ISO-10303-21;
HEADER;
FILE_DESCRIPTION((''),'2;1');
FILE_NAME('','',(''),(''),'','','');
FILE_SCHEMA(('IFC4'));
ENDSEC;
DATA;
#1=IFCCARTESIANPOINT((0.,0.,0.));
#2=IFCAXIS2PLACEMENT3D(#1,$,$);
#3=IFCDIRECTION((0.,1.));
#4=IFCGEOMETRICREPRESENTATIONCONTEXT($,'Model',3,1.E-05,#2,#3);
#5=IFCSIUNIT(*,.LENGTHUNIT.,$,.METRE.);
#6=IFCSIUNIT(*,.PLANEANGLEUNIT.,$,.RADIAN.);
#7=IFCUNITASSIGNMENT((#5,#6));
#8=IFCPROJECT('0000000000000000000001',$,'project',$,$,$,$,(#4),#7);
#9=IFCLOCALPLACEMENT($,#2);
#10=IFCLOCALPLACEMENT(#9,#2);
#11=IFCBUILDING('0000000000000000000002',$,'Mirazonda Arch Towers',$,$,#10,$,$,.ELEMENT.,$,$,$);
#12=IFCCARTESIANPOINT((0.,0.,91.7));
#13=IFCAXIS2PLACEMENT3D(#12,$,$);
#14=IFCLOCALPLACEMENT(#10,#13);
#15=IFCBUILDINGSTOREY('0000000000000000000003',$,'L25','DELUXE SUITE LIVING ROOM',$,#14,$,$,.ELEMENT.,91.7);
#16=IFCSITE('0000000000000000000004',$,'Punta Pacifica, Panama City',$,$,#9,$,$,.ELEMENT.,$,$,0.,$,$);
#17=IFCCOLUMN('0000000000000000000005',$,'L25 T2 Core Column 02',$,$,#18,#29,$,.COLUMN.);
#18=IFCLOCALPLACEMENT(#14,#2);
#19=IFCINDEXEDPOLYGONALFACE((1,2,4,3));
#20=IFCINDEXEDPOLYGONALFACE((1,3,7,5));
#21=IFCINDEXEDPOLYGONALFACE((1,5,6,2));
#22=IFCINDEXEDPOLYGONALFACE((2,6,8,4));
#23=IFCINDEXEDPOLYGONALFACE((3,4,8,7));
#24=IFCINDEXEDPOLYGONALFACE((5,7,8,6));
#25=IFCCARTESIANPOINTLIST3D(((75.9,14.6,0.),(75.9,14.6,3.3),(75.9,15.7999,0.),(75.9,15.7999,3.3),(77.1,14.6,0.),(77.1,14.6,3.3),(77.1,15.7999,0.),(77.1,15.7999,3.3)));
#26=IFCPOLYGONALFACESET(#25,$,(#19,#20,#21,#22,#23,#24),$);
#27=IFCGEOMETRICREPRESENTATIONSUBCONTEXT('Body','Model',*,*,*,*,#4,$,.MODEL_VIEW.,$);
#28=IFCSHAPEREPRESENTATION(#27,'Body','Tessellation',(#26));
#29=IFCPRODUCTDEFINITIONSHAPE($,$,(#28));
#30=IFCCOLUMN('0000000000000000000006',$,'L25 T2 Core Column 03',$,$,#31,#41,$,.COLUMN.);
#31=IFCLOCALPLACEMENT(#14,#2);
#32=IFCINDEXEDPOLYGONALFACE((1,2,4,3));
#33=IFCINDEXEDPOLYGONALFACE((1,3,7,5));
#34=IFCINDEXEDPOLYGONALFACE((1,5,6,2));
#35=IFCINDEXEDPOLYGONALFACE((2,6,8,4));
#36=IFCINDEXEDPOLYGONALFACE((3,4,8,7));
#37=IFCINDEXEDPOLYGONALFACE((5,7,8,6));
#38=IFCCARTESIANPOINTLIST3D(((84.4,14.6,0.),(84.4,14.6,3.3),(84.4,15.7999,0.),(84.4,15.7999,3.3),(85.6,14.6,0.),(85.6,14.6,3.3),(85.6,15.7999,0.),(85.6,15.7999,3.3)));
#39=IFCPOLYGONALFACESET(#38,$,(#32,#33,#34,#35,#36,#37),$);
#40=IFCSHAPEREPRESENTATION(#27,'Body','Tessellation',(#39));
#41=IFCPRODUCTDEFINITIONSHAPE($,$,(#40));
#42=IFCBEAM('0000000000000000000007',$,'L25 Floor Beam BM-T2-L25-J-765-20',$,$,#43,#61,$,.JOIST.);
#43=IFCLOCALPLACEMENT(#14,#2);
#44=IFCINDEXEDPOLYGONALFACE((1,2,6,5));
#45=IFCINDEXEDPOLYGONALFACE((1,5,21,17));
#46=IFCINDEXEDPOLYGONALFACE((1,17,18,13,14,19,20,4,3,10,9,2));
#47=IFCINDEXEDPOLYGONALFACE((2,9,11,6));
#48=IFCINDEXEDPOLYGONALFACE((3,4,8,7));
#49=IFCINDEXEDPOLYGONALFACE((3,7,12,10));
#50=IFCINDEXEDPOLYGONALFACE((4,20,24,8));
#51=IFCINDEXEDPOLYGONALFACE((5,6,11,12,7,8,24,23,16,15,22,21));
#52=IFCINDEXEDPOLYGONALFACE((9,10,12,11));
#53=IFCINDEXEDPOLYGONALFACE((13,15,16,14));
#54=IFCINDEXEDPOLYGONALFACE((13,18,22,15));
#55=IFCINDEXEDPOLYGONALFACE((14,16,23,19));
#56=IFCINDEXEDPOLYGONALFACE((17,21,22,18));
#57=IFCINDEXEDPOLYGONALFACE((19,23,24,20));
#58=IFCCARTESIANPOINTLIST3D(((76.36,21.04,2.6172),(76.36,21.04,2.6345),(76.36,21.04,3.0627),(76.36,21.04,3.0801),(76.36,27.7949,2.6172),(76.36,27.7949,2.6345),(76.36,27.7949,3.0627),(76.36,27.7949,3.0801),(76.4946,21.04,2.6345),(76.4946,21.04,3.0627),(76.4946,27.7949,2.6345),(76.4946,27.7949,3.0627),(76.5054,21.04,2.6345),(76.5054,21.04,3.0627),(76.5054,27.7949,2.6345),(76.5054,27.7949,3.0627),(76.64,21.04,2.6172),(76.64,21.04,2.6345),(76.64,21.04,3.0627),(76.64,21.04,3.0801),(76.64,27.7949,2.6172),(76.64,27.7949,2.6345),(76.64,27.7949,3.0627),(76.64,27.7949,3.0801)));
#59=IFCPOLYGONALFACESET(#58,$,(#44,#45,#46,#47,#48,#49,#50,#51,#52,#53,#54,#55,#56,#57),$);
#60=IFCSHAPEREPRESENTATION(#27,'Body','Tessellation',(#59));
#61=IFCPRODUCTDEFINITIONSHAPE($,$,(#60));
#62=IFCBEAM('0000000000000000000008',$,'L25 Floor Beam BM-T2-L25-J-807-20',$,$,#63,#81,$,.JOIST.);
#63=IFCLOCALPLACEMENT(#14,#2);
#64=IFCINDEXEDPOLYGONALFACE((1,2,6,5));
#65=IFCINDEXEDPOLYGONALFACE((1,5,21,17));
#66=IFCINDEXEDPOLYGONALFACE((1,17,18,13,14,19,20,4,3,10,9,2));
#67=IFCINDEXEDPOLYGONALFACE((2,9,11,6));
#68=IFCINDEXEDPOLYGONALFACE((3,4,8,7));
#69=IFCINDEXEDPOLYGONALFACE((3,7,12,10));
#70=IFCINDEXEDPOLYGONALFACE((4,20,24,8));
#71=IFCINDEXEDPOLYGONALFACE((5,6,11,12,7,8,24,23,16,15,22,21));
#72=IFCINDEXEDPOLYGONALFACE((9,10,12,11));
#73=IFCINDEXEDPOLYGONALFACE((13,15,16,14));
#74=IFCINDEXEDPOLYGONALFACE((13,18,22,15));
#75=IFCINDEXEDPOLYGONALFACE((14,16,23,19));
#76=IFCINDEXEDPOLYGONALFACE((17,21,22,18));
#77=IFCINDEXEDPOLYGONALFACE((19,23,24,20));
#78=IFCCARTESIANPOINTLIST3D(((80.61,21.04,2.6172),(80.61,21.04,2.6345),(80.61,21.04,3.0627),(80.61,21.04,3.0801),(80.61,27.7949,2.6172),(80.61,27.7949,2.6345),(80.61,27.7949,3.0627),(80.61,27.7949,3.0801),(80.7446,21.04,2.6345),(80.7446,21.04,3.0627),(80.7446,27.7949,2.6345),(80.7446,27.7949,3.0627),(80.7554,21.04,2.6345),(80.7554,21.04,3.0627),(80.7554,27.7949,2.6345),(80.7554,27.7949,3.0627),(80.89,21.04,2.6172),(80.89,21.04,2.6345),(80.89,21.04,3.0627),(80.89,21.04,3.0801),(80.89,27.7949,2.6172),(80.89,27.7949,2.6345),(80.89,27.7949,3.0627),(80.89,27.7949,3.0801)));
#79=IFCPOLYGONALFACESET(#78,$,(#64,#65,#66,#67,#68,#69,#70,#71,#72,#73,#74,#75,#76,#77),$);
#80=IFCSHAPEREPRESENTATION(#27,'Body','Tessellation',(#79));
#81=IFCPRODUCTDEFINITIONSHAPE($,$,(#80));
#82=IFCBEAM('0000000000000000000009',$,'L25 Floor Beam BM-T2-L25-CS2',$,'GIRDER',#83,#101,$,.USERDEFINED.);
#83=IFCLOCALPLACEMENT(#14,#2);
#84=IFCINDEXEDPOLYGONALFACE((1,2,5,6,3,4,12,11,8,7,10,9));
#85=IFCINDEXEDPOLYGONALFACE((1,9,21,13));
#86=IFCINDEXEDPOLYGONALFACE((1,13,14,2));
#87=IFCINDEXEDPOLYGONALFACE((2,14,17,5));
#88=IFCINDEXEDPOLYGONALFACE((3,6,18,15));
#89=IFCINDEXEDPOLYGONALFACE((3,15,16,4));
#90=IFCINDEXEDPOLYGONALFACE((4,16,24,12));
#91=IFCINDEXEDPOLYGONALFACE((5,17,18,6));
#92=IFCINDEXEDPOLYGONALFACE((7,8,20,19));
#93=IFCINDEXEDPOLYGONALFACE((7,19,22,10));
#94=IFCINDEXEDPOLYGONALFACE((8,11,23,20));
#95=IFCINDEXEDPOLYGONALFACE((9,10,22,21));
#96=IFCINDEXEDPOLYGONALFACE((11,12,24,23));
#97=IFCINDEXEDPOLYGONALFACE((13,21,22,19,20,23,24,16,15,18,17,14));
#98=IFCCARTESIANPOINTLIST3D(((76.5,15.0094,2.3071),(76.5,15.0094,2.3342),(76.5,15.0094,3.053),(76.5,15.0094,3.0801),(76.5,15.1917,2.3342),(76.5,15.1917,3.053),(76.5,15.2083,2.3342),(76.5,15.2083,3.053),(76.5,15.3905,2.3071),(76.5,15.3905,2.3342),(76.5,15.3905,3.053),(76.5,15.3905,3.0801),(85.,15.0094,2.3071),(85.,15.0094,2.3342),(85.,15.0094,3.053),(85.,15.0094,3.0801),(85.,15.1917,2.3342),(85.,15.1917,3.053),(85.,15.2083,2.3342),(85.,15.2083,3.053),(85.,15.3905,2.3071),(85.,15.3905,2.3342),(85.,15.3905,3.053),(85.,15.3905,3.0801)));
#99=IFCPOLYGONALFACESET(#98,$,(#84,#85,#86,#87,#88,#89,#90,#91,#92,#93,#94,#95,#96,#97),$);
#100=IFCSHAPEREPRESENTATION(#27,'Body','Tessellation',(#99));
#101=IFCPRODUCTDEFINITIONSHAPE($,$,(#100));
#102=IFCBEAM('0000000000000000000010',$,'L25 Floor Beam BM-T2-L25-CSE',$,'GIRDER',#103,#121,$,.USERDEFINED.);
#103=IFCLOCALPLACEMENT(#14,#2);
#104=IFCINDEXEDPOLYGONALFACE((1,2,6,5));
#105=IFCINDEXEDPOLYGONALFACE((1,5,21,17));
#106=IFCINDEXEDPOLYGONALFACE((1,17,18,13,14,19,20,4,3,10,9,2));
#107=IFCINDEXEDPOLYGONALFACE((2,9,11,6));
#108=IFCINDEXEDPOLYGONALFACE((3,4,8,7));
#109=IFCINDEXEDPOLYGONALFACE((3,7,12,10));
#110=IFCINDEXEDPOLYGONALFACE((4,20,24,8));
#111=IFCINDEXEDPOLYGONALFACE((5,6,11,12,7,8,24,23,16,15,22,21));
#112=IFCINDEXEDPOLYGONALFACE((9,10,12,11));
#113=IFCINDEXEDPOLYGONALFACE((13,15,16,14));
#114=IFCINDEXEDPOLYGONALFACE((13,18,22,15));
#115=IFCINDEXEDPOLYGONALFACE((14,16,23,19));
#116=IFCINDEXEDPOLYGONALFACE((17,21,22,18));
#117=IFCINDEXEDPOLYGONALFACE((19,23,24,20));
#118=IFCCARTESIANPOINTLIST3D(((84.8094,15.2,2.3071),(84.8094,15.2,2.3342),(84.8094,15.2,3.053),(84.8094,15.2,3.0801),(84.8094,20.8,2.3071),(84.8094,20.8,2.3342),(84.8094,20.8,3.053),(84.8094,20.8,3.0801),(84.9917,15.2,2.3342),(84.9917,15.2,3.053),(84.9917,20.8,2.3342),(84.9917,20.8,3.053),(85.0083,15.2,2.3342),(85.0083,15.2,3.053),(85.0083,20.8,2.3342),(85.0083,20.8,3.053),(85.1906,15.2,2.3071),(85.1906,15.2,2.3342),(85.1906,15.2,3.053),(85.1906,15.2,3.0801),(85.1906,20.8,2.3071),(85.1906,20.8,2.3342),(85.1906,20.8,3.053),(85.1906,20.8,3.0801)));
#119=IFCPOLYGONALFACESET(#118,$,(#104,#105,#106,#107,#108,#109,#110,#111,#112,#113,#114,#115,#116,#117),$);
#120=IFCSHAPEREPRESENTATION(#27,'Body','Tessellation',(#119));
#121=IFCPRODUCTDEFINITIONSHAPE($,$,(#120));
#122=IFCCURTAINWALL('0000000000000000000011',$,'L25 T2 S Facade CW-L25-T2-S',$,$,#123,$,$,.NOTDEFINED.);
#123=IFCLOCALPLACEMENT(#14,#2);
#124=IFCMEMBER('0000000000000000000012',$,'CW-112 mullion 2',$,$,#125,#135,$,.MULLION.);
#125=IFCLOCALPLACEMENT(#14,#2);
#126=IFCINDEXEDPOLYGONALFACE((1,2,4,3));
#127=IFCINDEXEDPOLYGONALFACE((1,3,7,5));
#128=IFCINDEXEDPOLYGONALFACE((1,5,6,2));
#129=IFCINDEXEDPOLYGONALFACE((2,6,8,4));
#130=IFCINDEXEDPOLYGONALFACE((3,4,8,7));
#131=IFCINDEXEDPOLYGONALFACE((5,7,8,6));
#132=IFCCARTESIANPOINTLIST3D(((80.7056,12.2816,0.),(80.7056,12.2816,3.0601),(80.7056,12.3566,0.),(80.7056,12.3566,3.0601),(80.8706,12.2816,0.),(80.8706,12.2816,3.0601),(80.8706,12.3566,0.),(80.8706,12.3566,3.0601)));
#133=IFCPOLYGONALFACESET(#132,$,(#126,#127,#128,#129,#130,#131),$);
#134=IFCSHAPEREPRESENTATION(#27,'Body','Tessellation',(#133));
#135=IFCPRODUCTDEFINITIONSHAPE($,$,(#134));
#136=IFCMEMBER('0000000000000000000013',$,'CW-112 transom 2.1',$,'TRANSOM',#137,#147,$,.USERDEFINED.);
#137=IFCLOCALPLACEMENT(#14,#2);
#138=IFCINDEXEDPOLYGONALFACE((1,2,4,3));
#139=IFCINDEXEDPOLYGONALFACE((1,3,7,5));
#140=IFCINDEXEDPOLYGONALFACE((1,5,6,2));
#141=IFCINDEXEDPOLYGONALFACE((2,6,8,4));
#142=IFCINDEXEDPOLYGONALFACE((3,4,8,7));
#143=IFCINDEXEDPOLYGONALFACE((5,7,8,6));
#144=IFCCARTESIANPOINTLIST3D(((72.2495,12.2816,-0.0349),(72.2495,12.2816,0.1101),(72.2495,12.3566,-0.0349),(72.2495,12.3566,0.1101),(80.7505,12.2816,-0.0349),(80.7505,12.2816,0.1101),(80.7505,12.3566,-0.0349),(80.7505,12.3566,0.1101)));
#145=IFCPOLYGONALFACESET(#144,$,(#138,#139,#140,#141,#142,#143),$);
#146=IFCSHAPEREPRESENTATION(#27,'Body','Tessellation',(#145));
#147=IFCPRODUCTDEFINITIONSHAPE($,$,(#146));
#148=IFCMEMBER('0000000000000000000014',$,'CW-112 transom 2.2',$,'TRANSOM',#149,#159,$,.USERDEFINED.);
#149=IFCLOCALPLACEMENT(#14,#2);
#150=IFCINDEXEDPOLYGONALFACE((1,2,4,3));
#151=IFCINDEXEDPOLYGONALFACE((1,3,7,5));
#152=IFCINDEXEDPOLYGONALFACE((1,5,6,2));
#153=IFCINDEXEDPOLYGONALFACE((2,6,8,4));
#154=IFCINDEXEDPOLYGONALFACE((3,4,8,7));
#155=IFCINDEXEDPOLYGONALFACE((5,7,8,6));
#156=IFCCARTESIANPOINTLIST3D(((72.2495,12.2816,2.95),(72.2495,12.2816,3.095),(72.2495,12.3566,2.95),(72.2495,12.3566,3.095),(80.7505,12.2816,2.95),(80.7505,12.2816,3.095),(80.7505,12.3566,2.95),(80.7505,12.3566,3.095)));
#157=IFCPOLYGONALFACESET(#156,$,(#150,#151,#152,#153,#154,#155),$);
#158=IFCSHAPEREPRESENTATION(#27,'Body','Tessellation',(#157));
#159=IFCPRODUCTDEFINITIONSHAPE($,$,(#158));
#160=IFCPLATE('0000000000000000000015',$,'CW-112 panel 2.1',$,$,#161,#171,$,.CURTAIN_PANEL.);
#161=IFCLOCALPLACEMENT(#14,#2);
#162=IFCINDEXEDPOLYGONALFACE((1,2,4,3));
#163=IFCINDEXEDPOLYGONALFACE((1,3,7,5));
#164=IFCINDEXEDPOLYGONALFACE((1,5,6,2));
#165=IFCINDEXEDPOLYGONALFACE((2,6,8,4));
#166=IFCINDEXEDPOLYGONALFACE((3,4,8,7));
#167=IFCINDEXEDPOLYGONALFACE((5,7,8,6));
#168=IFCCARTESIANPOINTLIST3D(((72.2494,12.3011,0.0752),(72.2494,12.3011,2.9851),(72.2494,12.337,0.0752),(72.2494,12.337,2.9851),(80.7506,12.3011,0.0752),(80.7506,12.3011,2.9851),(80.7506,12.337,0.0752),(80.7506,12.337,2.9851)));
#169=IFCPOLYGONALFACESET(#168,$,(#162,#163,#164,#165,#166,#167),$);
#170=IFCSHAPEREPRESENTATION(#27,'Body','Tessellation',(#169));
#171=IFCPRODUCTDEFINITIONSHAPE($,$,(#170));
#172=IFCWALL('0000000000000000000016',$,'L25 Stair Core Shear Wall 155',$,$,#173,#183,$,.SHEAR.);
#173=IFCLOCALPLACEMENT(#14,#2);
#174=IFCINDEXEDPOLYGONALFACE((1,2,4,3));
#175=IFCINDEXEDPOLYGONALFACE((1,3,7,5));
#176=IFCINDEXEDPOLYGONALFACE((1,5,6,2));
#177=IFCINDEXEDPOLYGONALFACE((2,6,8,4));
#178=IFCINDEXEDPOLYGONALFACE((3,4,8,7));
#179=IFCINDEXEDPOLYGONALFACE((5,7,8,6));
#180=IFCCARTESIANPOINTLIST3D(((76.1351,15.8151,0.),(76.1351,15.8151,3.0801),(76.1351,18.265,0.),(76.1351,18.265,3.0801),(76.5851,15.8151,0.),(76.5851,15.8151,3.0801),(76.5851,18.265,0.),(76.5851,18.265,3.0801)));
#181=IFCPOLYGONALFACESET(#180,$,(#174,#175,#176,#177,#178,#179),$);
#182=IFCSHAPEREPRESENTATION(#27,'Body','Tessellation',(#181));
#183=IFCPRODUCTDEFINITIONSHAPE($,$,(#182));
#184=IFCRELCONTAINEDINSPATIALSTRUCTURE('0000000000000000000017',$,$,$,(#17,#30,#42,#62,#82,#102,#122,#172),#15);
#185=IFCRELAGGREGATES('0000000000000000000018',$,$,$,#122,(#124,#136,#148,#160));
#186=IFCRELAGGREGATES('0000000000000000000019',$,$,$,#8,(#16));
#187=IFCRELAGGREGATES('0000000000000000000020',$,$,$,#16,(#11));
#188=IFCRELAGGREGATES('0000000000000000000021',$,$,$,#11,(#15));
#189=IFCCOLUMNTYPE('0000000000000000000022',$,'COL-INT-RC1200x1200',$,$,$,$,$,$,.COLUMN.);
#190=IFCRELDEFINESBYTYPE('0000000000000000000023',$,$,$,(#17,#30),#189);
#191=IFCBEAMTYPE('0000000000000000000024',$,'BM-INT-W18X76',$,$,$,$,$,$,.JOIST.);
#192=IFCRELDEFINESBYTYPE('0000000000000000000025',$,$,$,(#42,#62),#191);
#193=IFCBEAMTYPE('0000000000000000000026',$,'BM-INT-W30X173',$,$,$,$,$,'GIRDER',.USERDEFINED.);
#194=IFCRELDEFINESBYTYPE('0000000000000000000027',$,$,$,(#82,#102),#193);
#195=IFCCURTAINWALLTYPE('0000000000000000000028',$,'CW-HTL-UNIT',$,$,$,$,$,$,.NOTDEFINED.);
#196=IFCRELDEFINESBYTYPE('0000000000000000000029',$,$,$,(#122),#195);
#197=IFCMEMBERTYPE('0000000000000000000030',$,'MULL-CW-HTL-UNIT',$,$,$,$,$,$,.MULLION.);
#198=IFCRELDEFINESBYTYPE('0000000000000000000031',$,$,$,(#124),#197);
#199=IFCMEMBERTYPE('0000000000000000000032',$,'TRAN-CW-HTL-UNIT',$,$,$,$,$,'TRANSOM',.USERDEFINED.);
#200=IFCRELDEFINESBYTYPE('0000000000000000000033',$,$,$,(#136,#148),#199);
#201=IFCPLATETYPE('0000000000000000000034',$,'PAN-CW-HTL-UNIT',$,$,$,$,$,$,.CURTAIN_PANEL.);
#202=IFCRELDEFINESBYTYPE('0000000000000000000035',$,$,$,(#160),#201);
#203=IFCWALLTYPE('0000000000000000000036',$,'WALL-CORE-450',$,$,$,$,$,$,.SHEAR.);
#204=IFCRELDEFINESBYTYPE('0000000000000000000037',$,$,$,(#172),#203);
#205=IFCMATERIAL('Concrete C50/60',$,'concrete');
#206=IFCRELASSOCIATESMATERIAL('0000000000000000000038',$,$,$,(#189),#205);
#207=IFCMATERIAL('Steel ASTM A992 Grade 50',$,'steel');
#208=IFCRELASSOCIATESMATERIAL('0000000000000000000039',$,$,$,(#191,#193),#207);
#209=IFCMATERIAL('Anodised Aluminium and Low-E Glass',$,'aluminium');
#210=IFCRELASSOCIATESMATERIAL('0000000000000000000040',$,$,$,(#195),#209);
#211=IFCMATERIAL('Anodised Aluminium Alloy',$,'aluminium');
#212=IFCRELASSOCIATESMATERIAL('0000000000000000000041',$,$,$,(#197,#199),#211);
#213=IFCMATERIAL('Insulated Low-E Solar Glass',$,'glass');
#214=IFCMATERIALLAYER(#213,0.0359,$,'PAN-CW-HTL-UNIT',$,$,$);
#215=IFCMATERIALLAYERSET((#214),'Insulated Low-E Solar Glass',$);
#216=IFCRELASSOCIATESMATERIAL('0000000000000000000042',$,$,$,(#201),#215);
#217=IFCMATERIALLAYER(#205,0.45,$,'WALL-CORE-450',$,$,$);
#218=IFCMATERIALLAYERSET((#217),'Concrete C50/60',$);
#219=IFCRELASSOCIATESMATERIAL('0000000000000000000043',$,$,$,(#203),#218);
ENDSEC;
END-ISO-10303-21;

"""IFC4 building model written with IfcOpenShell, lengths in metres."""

from ifc_helpers import new_model, si_unit, direction, frame, frame_2d, origin, origin_2d, place, context, subcontext, project, spatial, rectangle, i_section, extrude, material, layer, layer_set, material_profile, profile_set, type_object, element, aggregate, save


model = new_model("IFC4")

# Units and contexts
model_context = context("Model", 3, precision=1e-05, world=origin(), true_north=direction((0.0, 1.0)))
body_context = subcontext(model_context, "Body", "Model", "MODEL_VIEW")
ifc_project = project(units=[si_unit("LENGTHUNIT", "METRE"), si_unit("PLANEANGLEUNIT", "RADIAN")], contexts=[model_context])

# Site, building, storey
site_placement = place(None, origin())
site = spatial("IfcSite", under=ifc_project, at=site_placement, Name="Punta Pacifica, Panama City", CompositionType="ELEMENT", RefElevation=0.0)
building_placement = place(site_placement, origin())
building = spatial("IfcBuilding", under=site, at=building_placement, Name="Mirazonda Arch Towers", CompositionType="ELEMENT")
storey_placement = place(building_placement, frame((0.0, 0.0, 91.7)))
storey = spatial("IfcBuildingStorey", under=building, at=storey_placement, Name="L25", Description="DELUXE SUITE LIVING ROOM", CompositionType="ELEMENT", Elevation=91.7)

# Columns
ifc_material_1 = material(Name="Concrete C50/60", Category="concrete")
ifc_material_profile_1 = material_profile(ifc_material_1, rectangle(XDim=1.2, YDim=1.2, at=origin_2d()), Name="RC1200x1200")
ifc_profile_set_1 = profile_set([ifc_material_profile_1], Name="Concrete C50/60")
column_type = type_object("IfcColumnType", Name="COL-INT-RC1200x1200", PredefinedType="COLUMN", material=ifc_profile_set_1)
for number, where, z_axis, x_axis, name in (
    (1, (76.5, 15.2, 0.0), (0.0, 0.0, 1.0), (1.0, 0.0, 0.0), "L25 T2 Core Column 02"),
    (2, (85.0, 15.2, 0.0), (0.0, 0.0, 1.0), (1.0, 0.0, 0.0), "L25 T2 Core Column 03"),
):
    element("IfcColumn", number, at=place(storey_placement, frame(where, z_axis=z_axis, x_axis=x_axis)), inside=storey, type_object=column_type, Name=name, PredefinedType="COLUMN", context=body_context, shape_type="SweptSolid", body=[
        extrude(rectangle(XDim=1.2, YDim=1.2, at=origin_2d()), origin(), (0.0, 0.0, 1.0), 3.3),
    ])

# Beams
ifc_material_2 = material(Name="Steel ASTM A992 Grade 50", Category="steel")
ifc_material_profile_2 = material_profile(ifc_material_2, i_section(OverallWidth=0.28, OverallDepth=0.4629, WebThickness=0.0107, FlangeThickness=0.0173, at=origin_2d()), Name="W18X76")
ifc_profile_set_2 = profile_set([ifc_material_profile_2], Name="Steel ASTM A992 Grade 50")
beam_type_1 = type_object("IfcBeamType", Name="BM-INT-W18X76", PredefinedType="JOIST", material=ifc_profile_set_2)
for number, where, z_axis, x_axis, name in (
    (3, (76.5, 21.04, 2.8486), (0.0, 1.0, 0.0), (-1.0, 0.0, 0.0), "L25 Floor Beam BM-T2-L25-J-765-20"),
    (4, (80.75, 21.04, 2.8486), (0.0, 1.0, 0.0), (-1.0, 0.0, 0.0), "L25 Floor Beam BM-T2-L25-J-807-20"),
):
    element("IfcBeam", number, at=place(storey_placement, frame(where, z_axis=z_axis, x_axis=x_axis)), inside=storey, type_object=beam_type_1, Name=name, PredefinedType="JOIST", context=body_context, shape_type="SweptSolid", body=[
        extrude(i_section(OverallWidth=0.28, OverallDepth=0.4629, WebThickness=0.0107, FlangeThickness=0.0173, at=origin_2d()), origin(), (0.0, 0.0, 1.0), 6.7549),
    ])
ifc_material_profile_3 = material_profile(ifc_material_2, i_section(OverallWidth=0.3811, OverallDepth=0.7729, WebThickness=0.0166, FlangeThickness=0.0271, at=origin_2d()), Name="W30X173")
ifc_profile_set_3 = profile_set([ifc_material_profile_3], Name="Steel ASTM A992 Grade 50")
beam_type_2 = type_object("IfcBeamType", Name="BM-INT-W30X173", ElementType="GIRDER", PredefinedType="USERDEFINED", material=ifc_profile_set_3)
beam_1_placement = place(storey_placement, frame((76.5, 15.2, 2.6936), z_axis=(1.0, 0.0, 0.0), x_axis=(0.0, 1.0, 0.0)))
element("IfcBeam", 5, at=beam_1_placement, inside=storey, type_object=beam_type_2, Name="L25 Floor Beam BM-T2-L25-CS2", ObjectType="GIRDER", PredefinedType="USERDEFINED", context=body_context, shape_type="SweptSolid", body=[
    extrude(i_section(OverallWidth=0.3811, OverallDepth=0.7729, WebThickness=0.0166, FlangeThickness=0.0271, at=origin_2d()), origin(), (0.0, 0.0, 1.0), 8.5),
])
beam_2_placement = place(storey_placement, frame((85.0, 15.2, 2.6936), z_axis=(0.0, 1.0, 0.0), x_axis=(-1.0, 0.0, 0.0)))
element("IfcBeam", 6, at=beam_2_placement, inside=storey, type_object=beam_type_2, Name="L25 Floor Beam BM-T2-L25-CSE", ObjectType="GIRDER", PredefinedType="USERDEFINED", context=body_context, shape_type="SweptSolid", body=[
    extrude(i_section(OverallWidth=0.3811, OverallDepth=0.7729, WebThickness=0.0166, FlangeThickness=0.0271, at=origin_2d()), origin(), (0.0, 0.0, 1.0), 5.6001),
])

# Curtain wall, members, plate
ifc_material_3 = material(Name="Anodised Aluminium and Low-E Glass", Category="aluminium")
curtain_wall_type = type_object("IfcCurtainWallType", Name="CW-HTL-UNIT", PredefinedType="NOTDEFINED", material=ifc_material_3)
curtain_wall_placement = place(storey_placement, origin())
curtain_wall = element("IfcCurtainWall", 7, at=curtain_wall_placement, inside=storey, type_object=curtain_wall_type, Name="L25 T2 S Facade CW-L25-T2-S", PredefinedType="NOTDEFINED")
ifc_material_4 = material(Name="Anodised Aluminium Alloy", Category="aluminium")
ifc_material_profile_4 = material_profile(ifc_material_4, rectangle(XDim=0.075, YDim=0.165, at=origin_2d()), Name="ALU-MULL-75x165")
ifc_profile_set_4 = profile_set([ifc_material_profile_4], Name="Anodised Aluminium Alloy")
member_type_1 = type_object("IfcMemberType", Name="MULL-CW-HTL-UNIT", PredefinedType="MULLION", material=ifc_profile_set_4)
member_1_placement = place(storey_placement, frame((80.7881, 12.3191, 0.0), z_axis=(0.0, 0.0, 1.0), x_axis=(0.0, -1.0, 0.0)))
member_1 = element("IfcMember", 8, at=member_1_placement, type_object=member_type_1, Name="CW-112 mullion 2", PredefinedType="MULLION", context=body_context, shape_type="SweptSolid", body=[
    extrude(rectangle(XDim=0.075, YDim=0.165, at=origin_2d()), origin(), (0.0, 0.0, 1.0), 3.0601),
])
ifc_material_profile_5 = material_profile(ifc_material_4, rectangle(XDim=0.075, YDim=0.145, at=origin_2d()), Name="ALU-TRAN-75x145")
ifc_profile_set_5 = profile_set([ifc_material_profile_5], Name="Anodised Aluminium Alloy")
member_type_2 = type_object("IfcMemberType", Name="TRAN-CW-HTL-UNIT", ElementType="TRANSOM", PredefinedType="USERDEFINED", material=ifc_profile_set_5)
member_2_placement = place(storey_placement, frame((80.7505, 12.3191, 0.0376), z_axis=(-1.0, 0.0, 0.0), x_axis=(0.0, -1.0, 0.0)))
member_2 = element("IfcMember", 9, at=member_2_placement, type_object=member_type_2, Name="CW-112 transom 2.1", ObjectType="TRANSOM", PredefinedType="USERDEFINED", context=body_context, shape_type="SweptSolid", body=[
    extrude(rectangle(XDim=0.075, YDim=0.145, at=origin_2d()), origin(), (0.0, 0.0, 1.0), 8.501),
])
member_3_placement = place(storey_placement, frame((80.7505, 12.3191, 3.0225), z_axis=(-1.0, 0.0, 0.0), x_axis=(0.0, -1.0, 0.0)))
member_3 = element("IfcMember", 10, at=member_3_placement, type_object=member_type_2, Name="CW-112 transom 2.2", ObjectType="TRANSOM", PredefinedType="USERDEFINED", context=body_context, shape_type="SweptSolid", body=[
    extrude(rectangle(XDim=0.075, YDim=0.145, at=origin_2d()), origin(), (0.0, 0.0, 1.0), 8.501),
])
ifc_material_5 = material(Name="Insulated Low-E Solar Glass", Category="glass")
ifc_layer_1 = layer(ifc_material_5, 0.0359, Name="PAN-CW-HTL-UNIT")
ifc_layer_set_1 = layer_set([ifc_layer_1], Name="Insulated Low-E Solar Glass")
plate_type = type_object("IfcPlateType", Name="PAN-CW-HTL-UNIT", PredefinedType="CURTAIN_PANEL", material=ifc_layer_set_1)
plate_placement = place(storey_placement, frame((76.5, 12.3191, 0.0752), z_axis=(0.0, 0.0, 1.0), x_axis=(-1.0, 0.0, 0.0)))
plate = element("IfcPlate", 11, at=plate_placement, type_object=plate_type, Name="CW-112 panel 2.1", PredefinedType="CURTAIN_PANEL", context=body_context, shape_type="SweptSolid", body=[
    extrude(rectangle(XDim=8.5012, YDim=0.0359, at=origin_2d()), origin(), (0.0, 0.0, 1.0), 2.9099),
])
aggregate(curtain_wall, [member_1, member_2, member_3, plate])

# Wall
ifc_layer_2 = layer(ifc_material_1, 0.45, Name="WALL-CORE-450")
ifc_layer_set_2 = layer_set([ifc_layer_2], Name="Concrete C50/60")
wall_type_1 = type_object("IfcWallType", Name="WALL-CORE-450", PredefinedType="SHEAR", material=ifc_layer_set_2)
wall_1_placement = place(storey_placement, frame((76.3601, 15.8149, 0.0), z_axis=(0.0, 0.0, 1.0), x_axis=(0.0, 1.0, 0.0)))
element("IfcWall", 12, at=wall_1_placement, inside=storey, type_object=wall_type_1, Name="L25 Stair Core Shear Wall 155", PredefinedType="SHEAR", context=body_context, shape_type="SweptSolid", body=[
    extrude(rectangle(XDim=2.45, YDim=0.45, at=frame_2d((1.2251, 0.0))), origin(), (0.0, 0.0, 1.0), 3.0801),
])

save(model, "model.ifc")
